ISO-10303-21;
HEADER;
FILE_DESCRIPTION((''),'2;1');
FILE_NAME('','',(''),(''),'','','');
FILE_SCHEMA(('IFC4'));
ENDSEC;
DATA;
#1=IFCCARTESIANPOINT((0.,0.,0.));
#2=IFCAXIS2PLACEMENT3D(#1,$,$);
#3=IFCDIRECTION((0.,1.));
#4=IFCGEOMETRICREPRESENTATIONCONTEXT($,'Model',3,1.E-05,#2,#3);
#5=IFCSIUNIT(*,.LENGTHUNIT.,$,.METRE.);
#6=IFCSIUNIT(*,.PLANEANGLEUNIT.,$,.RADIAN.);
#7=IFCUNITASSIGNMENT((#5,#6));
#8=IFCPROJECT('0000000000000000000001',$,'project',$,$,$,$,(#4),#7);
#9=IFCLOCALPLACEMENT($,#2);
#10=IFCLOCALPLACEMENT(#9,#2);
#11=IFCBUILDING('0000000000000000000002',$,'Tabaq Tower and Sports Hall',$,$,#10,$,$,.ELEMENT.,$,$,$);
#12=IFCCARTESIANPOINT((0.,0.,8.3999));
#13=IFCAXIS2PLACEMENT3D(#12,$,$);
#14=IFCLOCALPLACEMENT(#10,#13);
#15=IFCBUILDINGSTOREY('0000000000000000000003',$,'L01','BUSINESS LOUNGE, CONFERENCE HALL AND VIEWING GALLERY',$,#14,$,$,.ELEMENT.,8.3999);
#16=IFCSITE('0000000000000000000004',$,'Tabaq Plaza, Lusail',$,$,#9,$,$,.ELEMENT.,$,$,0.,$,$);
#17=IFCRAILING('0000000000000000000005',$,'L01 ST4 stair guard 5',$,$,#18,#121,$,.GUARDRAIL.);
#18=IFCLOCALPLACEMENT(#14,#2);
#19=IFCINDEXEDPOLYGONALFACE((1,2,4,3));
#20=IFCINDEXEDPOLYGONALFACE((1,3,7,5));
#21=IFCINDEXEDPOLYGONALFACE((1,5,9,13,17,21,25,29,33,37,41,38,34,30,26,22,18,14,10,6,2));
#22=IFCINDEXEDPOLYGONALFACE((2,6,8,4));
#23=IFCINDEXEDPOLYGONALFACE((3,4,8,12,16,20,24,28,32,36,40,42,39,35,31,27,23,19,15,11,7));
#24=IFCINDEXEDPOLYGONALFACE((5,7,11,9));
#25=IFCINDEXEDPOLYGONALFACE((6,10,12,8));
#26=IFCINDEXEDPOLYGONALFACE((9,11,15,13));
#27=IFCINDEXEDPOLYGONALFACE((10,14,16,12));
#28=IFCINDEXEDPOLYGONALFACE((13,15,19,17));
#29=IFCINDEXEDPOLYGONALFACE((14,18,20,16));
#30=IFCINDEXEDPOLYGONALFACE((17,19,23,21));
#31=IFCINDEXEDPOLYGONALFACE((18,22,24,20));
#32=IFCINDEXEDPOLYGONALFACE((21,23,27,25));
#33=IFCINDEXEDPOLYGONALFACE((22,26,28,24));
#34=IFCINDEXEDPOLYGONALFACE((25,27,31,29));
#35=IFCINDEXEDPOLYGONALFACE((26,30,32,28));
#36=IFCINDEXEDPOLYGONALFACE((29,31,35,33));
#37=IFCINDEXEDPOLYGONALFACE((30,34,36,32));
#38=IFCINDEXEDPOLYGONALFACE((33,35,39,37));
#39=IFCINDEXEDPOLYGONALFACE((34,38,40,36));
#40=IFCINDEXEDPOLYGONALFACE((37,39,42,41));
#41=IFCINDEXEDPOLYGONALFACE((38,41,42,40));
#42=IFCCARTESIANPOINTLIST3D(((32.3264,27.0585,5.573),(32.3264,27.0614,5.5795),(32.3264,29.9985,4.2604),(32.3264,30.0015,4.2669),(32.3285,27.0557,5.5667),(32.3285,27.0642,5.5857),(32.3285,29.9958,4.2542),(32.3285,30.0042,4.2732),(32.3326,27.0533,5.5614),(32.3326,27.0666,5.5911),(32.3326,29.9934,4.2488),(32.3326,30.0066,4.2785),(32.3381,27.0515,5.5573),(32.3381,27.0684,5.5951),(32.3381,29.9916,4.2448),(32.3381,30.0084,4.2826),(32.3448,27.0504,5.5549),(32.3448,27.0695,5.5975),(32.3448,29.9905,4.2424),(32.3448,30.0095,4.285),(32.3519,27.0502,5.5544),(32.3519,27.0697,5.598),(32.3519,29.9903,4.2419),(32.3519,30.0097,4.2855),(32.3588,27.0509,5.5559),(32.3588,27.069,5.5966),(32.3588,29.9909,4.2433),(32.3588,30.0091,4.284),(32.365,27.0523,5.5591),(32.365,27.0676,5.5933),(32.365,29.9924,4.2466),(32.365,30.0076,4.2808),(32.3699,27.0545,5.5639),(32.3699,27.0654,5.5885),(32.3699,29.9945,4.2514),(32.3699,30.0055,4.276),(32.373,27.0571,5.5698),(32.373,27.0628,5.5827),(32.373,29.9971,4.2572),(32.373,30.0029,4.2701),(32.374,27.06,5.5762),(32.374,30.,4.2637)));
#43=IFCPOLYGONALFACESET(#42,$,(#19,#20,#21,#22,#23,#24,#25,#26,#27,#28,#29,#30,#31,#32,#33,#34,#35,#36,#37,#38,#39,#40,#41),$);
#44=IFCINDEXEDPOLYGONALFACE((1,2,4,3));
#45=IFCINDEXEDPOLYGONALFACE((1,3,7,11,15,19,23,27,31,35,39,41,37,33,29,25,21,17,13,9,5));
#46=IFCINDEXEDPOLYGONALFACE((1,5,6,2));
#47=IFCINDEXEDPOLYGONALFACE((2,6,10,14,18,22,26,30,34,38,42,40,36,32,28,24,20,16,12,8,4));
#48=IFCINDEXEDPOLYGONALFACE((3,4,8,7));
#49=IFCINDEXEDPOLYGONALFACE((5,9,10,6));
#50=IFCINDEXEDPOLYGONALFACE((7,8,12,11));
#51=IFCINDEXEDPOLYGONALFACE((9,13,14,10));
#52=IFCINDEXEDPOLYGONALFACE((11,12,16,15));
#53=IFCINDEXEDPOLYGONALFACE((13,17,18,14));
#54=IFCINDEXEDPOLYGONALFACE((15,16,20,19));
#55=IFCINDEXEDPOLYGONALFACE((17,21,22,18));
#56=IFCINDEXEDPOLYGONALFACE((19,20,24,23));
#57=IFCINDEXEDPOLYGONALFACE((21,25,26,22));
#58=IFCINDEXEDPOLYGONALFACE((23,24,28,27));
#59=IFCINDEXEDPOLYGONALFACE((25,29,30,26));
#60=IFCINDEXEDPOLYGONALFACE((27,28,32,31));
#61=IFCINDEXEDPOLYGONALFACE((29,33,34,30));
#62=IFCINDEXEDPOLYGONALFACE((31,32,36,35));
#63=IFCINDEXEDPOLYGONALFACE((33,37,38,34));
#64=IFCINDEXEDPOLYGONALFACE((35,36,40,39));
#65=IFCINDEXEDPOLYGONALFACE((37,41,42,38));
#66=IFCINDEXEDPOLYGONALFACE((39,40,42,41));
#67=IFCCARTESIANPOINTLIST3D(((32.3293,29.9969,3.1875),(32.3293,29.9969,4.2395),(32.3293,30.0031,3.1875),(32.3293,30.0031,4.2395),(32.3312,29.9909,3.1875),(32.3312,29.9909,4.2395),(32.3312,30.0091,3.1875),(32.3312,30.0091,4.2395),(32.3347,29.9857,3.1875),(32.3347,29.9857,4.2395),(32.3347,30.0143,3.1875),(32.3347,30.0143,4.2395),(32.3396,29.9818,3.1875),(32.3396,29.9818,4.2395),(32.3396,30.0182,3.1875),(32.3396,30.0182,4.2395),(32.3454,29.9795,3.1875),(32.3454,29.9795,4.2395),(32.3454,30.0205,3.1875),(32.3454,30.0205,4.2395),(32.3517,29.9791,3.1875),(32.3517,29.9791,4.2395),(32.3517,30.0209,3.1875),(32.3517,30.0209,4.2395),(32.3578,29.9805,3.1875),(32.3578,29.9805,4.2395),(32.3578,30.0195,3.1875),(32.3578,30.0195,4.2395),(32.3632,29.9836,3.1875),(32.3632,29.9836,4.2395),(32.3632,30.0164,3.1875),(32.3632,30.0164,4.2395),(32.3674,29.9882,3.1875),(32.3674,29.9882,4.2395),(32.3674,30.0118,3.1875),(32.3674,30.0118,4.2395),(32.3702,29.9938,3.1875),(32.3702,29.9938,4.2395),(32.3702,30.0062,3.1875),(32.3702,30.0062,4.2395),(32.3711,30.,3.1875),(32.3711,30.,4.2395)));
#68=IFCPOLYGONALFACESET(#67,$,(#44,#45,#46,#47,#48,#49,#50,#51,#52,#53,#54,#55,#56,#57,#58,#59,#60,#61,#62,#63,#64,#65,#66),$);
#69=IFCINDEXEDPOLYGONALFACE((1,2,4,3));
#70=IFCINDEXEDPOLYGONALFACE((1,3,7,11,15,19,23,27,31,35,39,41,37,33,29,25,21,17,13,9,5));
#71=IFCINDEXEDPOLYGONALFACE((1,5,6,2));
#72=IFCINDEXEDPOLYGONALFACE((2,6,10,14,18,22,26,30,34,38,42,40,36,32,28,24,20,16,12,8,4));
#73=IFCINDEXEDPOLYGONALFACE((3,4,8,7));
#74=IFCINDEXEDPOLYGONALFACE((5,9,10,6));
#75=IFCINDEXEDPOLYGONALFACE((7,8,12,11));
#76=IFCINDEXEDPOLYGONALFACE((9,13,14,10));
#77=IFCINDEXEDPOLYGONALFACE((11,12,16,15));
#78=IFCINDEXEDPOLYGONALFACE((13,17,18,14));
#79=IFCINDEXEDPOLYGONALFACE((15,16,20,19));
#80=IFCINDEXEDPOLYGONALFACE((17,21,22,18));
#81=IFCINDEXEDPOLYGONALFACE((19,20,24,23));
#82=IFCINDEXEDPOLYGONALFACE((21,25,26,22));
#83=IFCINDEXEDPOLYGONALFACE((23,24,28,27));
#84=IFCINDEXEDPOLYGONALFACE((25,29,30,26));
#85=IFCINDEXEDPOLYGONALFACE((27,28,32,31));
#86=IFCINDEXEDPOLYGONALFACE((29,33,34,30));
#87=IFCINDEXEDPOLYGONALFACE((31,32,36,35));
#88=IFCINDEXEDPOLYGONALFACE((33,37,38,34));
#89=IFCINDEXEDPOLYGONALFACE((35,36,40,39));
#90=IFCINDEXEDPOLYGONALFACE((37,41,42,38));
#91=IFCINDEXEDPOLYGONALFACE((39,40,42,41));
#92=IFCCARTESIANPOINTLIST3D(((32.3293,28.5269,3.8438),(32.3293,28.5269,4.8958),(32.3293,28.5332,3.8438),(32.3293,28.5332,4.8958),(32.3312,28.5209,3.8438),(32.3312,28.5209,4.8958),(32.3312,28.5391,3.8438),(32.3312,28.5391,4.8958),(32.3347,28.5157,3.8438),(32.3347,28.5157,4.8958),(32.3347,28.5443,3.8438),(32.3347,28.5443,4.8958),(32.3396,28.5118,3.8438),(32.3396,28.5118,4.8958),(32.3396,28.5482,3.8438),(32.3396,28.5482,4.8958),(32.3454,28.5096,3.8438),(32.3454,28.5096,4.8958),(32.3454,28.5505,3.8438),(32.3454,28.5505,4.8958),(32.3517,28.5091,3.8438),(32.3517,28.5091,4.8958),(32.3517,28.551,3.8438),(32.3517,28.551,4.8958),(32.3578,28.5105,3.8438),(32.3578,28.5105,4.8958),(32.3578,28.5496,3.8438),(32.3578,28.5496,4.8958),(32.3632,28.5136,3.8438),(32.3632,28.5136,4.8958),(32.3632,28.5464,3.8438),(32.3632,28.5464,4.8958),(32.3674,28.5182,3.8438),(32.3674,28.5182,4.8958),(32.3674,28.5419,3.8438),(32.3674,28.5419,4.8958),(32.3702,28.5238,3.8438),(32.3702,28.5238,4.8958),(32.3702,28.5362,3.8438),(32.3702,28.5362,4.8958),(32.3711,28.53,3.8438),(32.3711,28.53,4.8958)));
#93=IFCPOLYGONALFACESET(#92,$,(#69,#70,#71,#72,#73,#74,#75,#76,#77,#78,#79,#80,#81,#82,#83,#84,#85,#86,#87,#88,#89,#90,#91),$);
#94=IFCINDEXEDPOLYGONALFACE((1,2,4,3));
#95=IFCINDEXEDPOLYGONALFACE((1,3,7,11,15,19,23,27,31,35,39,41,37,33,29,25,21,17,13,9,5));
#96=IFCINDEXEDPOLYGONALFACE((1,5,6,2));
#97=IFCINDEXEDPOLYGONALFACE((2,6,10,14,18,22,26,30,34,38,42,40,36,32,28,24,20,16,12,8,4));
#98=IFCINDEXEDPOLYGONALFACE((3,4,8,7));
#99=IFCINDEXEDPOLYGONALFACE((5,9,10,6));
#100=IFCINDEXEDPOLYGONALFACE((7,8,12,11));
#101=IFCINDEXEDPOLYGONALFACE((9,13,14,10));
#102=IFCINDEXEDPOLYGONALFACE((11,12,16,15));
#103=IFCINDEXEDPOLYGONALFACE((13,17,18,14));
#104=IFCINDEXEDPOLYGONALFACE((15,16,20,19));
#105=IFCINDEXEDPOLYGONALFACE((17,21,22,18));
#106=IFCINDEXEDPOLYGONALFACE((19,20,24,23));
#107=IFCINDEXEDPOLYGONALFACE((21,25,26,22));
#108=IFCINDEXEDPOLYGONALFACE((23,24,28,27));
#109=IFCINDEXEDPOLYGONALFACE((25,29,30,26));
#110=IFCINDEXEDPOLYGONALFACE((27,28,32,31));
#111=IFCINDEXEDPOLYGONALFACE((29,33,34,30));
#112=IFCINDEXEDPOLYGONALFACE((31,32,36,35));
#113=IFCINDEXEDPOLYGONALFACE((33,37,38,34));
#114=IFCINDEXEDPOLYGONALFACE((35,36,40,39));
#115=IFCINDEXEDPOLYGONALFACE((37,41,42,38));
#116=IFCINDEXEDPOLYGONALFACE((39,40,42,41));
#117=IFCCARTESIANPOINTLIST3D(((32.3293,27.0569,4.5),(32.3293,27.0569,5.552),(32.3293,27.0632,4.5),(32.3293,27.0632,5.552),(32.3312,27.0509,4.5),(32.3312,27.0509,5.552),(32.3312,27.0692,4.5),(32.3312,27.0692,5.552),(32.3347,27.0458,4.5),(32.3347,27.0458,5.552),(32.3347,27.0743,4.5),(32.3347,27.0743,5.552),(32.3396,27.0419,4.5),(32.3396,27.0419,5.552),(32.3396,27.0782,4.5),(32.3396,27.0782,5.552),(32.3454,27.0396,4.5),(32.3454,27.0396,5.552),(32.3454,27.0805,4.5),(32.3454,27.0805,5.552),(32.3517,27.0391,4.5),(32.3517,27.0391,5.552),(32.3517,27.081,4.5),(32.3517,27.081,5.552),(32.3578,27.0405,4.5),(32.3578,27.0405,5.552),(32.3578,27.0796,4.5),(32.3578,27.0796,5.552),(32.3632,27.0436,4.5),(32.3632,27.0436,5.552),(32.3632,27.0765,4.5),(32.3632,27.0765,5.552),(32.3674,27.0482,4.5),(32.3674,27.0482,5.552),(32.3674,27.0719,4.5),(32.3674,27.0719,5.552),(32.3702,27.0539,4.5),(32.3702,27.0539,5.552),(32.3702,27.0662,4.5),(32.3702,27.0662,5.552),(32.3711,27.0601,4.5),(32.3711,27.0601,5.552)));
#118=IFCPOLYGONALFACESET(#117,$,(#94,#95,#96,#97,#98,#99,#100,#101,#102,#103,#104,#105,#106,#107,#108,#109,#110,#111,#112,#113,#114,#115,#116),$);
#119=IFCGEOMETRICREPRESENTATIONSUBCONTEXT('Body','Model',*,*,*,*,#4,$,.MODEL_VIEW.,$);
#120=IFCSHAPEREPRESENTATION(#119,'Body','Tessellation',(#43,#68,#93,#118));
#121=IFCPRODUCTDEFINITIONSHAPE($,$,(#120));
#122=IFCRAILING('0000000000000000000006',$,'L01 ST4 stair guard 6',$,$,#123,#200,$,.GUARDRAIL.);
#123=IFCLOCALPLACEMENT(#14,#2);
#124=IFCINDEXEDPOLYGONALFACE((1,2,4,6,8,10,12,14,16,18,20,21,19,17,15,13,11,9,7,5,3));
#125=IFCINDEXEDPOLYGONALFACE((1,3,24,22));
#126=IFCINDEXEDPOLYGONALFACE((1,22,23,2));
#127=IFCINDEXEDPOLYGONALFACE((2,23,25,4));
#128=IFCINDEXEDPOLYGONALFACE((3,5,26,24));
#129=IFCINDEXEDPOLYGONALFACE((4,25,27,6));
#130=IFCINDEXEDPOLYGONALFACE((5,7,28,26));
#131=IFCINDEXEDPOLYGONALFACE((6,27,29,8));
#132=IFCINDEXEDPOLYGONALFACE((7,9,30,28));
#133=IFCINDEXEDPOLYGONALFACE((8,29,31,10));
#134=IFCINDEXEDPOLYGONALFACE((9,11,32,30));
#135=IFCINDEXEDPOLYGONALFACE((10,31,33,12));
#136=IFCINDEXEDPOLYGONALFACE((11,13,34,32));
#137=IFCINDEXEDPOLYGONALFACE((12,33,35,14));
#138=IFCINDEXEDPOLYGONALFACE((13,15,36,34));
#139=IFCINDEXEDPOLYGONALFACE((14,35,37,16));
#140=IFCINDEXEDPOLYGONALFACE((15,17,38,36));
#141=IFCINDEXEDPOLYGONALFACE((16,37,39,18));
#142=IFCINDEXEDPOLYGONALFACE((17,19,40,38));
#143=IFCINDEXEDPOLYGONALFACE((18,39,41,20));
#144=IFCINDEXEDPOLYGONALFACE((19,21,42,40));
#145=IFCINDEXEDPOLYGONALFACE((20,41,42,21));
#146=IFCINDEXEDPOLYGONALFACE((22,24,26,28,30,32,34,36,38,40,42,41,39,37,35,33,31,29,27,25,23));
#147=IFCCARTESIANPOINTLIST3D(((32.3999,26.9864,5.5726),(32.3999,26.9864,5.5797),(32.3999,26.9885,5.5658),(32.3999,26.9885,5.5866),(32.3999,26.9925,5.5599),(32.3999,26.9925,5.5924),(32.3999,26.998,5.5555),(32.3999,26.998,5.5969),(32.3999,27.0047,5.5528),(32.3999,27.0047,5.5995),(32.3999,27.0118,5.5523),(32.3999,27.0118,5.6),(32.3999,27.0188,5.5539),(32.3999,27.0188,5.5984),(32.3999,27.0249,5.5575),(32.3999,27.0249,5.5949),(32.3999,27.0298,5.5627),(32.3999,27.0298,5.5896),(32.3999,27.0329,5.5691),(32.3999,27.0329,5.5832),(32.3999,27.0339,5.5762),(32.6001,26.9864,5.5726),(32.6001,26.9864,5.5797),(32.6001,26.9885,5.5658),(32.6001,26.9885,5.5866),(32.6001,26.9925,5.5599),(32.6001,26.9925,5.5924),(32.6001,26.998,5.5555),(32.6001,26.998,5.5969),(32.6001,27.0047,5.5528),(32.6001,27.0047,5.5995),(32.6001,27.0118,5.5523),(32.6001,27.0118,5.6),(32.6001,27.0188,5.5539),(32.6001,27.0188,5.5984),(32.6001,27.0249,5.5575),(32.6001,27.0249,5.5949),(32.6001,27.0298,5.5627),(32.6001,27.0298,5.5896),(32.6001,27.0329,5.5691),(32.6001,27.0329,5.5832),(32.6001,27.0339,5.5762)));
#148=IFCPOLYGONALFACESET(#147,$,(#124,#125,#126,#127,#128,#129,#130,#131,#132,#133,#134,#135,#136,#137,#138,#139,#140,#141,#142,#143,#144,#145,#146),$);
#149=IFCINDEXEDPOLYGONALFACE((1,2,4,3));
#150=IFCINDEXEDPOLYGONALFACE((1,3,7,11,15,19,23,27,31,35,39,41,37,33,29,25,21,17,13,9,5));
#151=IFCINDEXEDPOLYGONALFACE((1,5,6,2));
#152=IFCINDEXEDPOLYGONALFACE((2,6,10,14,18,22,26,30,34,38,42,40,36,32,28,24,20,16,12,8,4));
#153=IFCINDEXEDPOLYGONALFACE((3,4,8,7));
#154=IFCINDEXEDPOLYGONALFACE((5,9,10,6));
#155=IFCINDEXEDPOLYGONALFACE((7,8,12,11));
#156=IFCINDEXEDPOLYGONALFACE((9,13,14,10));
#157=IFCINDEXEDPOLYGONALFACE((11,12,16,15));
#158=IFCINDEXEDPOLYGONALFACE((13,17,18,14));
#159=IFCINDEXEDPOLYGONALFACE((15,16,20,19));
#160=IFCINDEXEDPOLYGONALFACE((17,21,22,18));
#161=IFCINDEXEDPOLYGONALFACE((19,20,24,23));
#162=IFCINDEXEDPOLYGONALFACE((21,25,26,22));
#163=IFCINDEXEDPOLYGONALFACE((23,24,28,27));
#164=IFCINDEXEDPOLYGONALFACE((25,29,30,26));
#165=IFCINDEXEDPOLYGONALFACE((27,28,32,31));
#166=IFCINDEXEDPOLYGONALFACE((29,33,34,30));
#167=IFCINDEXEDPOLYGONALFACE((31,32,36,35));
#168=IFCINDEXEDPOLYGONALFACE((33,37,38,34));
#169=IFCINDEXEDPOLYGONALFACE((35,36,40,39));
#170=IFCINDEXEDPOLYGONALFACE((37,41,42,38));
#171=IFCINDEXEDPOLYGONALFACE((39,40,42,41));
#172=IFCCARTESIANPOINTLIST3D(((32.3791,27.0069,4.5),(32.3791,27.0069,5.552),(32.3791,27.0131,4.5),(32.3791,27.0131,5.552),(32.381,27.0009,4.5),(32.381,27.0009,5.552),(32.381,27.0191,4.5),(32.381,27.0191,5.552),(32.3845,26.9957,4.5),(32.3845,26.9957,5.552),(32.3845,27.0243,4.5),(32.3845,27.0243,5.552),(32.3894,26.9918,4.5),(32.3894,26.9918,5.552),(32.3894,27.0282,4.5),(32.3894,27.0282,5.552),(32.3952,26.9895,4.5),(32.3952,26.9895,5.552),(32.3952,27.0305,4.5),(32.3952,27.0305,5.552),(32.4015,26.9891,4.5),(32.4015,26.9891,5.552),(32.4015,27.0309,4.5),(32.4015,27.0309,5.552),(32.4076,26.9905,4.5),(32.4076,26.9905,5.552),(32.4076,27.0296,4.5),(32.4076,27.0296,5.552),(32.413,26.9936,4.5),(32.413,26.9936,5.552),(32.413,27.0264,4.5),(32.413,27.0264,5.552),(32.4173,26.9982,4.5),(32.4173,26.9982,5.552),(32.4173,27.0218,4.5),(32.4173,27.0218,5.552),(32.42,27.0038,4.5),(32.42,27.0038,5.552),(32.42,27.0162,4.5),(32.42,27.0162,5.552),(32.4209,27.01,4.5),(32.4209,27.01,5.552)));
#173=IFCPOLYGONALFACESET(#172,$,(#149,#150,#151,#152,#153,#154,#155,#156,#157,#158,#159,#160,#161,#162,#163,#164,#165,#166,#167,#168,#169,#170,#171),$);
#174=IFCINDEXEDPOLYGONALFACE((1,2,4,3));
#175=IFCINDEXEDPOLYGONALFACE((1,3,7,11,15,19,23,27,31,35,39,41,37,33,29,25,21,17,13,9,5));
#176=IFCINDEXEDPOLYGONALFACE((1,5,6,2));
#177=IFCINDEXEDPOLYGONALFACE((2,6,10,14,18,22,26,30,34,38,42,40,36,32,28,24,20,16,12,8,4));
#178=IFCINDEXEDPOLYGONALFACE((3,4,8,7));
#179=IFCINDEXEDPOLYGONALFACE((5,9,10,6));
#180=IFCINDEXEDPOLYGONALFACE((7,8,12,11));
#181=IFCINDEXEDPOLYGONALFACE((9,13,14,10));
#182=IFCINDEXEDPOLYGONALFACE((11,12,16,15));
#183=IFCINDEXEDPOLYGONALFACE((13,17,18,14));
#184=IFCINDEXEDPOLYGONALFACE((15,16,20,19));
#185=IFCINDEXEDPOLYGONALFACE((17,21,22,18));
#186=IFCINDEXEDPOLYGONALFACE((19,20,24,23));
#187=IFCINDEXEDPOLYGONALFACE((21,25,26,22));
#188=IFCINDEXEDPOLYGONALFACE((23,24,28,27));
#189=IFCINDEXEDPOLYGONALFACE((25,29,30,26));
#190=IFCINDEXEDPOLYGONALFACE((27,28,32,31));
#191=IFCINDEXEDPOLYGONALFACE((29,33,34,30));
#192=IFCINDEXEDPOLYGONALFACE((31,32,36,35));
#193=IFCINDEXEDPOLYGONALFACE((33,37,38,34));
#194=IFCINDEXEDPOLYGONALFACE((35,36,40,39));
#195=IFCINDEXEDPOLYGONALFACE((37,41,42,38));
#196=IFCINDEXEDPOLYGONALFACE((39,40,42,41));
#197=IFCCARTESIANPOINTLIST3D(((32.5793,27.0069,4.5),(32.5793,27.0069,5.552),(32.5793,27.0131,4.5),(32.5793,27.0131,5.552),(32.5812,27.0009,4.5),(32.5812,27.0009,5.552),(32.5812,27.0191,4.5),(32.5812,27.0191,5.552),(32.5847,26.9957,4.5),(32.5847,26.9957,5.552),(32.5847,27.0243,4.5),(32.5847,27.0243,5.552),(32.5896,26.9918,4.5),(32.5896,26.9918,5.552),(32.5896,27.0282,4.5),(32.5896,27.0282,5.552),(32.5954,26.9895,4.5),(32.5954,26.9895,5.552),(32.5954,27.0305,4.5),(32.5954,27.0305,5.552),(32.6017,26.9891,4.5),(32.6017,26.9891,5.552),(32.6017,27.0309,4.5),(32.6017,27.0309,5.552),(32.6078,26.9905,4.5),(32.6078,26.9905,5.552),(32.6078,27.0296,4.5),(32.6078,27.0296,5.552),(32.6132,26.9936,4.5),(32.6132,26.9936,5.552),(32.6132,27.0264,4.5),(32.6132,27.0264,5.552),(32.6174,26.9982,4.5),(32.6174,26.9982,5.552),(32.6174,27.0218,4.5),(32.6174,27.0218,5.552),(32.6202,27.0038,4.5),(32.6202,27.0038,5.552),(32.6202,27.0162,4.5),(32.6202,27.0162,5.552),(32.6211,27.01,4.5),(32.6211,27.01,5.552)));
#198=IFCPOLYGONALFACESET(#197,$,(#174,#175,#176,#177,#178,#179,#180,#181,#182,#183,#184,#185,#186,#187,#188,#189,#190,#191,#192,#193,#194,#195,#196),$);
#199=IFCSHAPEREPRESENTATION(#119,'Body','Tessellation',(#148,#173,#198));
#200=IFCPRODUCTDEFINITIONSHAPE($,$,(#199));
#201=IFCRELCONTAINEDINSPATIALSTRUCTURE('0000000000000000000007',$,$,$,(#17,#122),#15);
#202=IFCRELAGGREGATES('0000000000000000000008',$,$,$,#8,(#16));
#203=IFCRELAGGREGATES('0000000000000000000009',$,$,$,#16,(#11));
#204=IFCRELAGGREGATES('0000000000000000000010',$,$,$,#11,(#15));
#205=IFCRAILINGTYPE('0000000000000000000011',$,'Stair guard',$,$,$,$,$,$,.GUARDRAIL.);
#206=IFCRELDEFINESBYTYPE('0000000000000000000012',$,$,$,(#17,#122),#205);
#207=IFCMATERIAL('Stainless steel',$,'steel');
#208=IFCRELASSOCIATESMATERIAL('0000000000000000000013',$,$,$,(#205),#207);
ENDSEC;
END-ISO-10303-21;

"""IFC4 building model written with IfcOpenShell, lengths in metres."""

from ifc_helpers import new_model, si_unit, direction, frame, origin, origin_2d, place, context, subcontext, project, spatial, circle, extrude, material, type_object, element, save


model = new_model("IFC4")

# Units and contexts
model_context = context("Model", 3, precision=1e-05, world=origin(), true_north=direction((0.0, 1.0)))
body_context = subcontext(model_context, "Body", "Model", "MODEL_VIEW")
ifc_project = project(units=[si_unit("LENGTHUNIT", "METRE"), si_unit("PLANEANGLEUNIT", "RADIAN")], contexts=[model_context])

# Site, building, storey
site_placement = place(None, origin())
site = spatial("IfcSite", under=ifc_project, at=site_placement, Name="Tabaq Plaza, Lusail", CompositionType="ELEMENT", RefElevation=0.0)
building_placement = place(site_placement, origin())
building = spatial("IfcBuilding", under=site, at=building_placement, Name="Tabaq Tower and Sports Hall", CompositionType="ELEMENT")
storey_placement = place(building_placement, frame((0.0, 0.0, 8.3999)))
storey = spatial("IfcBuildingStorey", under=building, at=storey_placement, Name="L01", Description="BUSINESS LOUNGE, CONFERENCE HALL AND VIEWING GALLERY", CompositionType="ELEMENT", Elevation=8.3999)

# Railings
ifc_material_1 = material(Name="Stainless steel", Category="steel")
railing_type_1 = type_object("IfcRailingType", Name="Stair guard", PredefinedType="GUARDRAIL", material=ifc_material_1)
railing_1_placement = place(storey_placement, frame((32.3501, 30.0, 3.1875)))
element("IfcRailing", 1, at=railing_1_placement, inside=storey, type_object=railing_type_1, Name="L01 ST4 stair guard 5", PredefinedType="GUARDRAIL", context=body_context, shape_type="SweptSolid", body=[
    extrude(circle(Radius=0.0239, at=origin_2d()), frame((0.0, 0.0, 1.0762), z_axis=(0.0, -0.913135, 0.407658), x_axis=(1.0, 0.0, 0.0)), (0.0, 0.0, 1.0), 3.2197),
    extrude(circle(Radius=0.021, at=origin_2d()), origin(), (0.0, 0.0, 1.0), 1.052),
    extrude(circle(Radius=0.021, at=origin_2d()), frame((0.0, -1.47, 0.6562)), (0.0, 0.0, 1.0), 1.052),
    extrude(circle(Radius=0.021, at=origin_2d()), frame((0.0, -2.9399, 1.3125)), (0.0, 0.0, 1.0), 1.052),
])
railing_2_placement = place(storey_placement, frame((32.3999, 27.01, 4.5)))
element("IfcRailing", 2, at=railing_2_placement, inside=storey, type_object=railing_type_1, Name="L01 ST4 stair guard 6", PredefinedType="GUARDRAIL", context=body_context, shape_type="SweptSolid", body=[
    extrude(circle(Radius=0.0239, at=origin_2d()), frame((0.0, 0.0, 1.0762), z_axis=(1.0, 0.0, 0.0), x_axis=(0.0, 1.0, 0.0)), (0.0, 0.0, 1.0), 0.2002),
    extrude(circle(Radius=0.021, at=origin_2d()), origin(), (0.0, 0.0, 1.0), 1.052),
    extrude(circle(Radius=0.021, at=origin_2d()), frame((0.2002, 0.0, 0.0)), (0.0, 0.0, 1.0), 1.052),
])

save(model, "model.ifc")
